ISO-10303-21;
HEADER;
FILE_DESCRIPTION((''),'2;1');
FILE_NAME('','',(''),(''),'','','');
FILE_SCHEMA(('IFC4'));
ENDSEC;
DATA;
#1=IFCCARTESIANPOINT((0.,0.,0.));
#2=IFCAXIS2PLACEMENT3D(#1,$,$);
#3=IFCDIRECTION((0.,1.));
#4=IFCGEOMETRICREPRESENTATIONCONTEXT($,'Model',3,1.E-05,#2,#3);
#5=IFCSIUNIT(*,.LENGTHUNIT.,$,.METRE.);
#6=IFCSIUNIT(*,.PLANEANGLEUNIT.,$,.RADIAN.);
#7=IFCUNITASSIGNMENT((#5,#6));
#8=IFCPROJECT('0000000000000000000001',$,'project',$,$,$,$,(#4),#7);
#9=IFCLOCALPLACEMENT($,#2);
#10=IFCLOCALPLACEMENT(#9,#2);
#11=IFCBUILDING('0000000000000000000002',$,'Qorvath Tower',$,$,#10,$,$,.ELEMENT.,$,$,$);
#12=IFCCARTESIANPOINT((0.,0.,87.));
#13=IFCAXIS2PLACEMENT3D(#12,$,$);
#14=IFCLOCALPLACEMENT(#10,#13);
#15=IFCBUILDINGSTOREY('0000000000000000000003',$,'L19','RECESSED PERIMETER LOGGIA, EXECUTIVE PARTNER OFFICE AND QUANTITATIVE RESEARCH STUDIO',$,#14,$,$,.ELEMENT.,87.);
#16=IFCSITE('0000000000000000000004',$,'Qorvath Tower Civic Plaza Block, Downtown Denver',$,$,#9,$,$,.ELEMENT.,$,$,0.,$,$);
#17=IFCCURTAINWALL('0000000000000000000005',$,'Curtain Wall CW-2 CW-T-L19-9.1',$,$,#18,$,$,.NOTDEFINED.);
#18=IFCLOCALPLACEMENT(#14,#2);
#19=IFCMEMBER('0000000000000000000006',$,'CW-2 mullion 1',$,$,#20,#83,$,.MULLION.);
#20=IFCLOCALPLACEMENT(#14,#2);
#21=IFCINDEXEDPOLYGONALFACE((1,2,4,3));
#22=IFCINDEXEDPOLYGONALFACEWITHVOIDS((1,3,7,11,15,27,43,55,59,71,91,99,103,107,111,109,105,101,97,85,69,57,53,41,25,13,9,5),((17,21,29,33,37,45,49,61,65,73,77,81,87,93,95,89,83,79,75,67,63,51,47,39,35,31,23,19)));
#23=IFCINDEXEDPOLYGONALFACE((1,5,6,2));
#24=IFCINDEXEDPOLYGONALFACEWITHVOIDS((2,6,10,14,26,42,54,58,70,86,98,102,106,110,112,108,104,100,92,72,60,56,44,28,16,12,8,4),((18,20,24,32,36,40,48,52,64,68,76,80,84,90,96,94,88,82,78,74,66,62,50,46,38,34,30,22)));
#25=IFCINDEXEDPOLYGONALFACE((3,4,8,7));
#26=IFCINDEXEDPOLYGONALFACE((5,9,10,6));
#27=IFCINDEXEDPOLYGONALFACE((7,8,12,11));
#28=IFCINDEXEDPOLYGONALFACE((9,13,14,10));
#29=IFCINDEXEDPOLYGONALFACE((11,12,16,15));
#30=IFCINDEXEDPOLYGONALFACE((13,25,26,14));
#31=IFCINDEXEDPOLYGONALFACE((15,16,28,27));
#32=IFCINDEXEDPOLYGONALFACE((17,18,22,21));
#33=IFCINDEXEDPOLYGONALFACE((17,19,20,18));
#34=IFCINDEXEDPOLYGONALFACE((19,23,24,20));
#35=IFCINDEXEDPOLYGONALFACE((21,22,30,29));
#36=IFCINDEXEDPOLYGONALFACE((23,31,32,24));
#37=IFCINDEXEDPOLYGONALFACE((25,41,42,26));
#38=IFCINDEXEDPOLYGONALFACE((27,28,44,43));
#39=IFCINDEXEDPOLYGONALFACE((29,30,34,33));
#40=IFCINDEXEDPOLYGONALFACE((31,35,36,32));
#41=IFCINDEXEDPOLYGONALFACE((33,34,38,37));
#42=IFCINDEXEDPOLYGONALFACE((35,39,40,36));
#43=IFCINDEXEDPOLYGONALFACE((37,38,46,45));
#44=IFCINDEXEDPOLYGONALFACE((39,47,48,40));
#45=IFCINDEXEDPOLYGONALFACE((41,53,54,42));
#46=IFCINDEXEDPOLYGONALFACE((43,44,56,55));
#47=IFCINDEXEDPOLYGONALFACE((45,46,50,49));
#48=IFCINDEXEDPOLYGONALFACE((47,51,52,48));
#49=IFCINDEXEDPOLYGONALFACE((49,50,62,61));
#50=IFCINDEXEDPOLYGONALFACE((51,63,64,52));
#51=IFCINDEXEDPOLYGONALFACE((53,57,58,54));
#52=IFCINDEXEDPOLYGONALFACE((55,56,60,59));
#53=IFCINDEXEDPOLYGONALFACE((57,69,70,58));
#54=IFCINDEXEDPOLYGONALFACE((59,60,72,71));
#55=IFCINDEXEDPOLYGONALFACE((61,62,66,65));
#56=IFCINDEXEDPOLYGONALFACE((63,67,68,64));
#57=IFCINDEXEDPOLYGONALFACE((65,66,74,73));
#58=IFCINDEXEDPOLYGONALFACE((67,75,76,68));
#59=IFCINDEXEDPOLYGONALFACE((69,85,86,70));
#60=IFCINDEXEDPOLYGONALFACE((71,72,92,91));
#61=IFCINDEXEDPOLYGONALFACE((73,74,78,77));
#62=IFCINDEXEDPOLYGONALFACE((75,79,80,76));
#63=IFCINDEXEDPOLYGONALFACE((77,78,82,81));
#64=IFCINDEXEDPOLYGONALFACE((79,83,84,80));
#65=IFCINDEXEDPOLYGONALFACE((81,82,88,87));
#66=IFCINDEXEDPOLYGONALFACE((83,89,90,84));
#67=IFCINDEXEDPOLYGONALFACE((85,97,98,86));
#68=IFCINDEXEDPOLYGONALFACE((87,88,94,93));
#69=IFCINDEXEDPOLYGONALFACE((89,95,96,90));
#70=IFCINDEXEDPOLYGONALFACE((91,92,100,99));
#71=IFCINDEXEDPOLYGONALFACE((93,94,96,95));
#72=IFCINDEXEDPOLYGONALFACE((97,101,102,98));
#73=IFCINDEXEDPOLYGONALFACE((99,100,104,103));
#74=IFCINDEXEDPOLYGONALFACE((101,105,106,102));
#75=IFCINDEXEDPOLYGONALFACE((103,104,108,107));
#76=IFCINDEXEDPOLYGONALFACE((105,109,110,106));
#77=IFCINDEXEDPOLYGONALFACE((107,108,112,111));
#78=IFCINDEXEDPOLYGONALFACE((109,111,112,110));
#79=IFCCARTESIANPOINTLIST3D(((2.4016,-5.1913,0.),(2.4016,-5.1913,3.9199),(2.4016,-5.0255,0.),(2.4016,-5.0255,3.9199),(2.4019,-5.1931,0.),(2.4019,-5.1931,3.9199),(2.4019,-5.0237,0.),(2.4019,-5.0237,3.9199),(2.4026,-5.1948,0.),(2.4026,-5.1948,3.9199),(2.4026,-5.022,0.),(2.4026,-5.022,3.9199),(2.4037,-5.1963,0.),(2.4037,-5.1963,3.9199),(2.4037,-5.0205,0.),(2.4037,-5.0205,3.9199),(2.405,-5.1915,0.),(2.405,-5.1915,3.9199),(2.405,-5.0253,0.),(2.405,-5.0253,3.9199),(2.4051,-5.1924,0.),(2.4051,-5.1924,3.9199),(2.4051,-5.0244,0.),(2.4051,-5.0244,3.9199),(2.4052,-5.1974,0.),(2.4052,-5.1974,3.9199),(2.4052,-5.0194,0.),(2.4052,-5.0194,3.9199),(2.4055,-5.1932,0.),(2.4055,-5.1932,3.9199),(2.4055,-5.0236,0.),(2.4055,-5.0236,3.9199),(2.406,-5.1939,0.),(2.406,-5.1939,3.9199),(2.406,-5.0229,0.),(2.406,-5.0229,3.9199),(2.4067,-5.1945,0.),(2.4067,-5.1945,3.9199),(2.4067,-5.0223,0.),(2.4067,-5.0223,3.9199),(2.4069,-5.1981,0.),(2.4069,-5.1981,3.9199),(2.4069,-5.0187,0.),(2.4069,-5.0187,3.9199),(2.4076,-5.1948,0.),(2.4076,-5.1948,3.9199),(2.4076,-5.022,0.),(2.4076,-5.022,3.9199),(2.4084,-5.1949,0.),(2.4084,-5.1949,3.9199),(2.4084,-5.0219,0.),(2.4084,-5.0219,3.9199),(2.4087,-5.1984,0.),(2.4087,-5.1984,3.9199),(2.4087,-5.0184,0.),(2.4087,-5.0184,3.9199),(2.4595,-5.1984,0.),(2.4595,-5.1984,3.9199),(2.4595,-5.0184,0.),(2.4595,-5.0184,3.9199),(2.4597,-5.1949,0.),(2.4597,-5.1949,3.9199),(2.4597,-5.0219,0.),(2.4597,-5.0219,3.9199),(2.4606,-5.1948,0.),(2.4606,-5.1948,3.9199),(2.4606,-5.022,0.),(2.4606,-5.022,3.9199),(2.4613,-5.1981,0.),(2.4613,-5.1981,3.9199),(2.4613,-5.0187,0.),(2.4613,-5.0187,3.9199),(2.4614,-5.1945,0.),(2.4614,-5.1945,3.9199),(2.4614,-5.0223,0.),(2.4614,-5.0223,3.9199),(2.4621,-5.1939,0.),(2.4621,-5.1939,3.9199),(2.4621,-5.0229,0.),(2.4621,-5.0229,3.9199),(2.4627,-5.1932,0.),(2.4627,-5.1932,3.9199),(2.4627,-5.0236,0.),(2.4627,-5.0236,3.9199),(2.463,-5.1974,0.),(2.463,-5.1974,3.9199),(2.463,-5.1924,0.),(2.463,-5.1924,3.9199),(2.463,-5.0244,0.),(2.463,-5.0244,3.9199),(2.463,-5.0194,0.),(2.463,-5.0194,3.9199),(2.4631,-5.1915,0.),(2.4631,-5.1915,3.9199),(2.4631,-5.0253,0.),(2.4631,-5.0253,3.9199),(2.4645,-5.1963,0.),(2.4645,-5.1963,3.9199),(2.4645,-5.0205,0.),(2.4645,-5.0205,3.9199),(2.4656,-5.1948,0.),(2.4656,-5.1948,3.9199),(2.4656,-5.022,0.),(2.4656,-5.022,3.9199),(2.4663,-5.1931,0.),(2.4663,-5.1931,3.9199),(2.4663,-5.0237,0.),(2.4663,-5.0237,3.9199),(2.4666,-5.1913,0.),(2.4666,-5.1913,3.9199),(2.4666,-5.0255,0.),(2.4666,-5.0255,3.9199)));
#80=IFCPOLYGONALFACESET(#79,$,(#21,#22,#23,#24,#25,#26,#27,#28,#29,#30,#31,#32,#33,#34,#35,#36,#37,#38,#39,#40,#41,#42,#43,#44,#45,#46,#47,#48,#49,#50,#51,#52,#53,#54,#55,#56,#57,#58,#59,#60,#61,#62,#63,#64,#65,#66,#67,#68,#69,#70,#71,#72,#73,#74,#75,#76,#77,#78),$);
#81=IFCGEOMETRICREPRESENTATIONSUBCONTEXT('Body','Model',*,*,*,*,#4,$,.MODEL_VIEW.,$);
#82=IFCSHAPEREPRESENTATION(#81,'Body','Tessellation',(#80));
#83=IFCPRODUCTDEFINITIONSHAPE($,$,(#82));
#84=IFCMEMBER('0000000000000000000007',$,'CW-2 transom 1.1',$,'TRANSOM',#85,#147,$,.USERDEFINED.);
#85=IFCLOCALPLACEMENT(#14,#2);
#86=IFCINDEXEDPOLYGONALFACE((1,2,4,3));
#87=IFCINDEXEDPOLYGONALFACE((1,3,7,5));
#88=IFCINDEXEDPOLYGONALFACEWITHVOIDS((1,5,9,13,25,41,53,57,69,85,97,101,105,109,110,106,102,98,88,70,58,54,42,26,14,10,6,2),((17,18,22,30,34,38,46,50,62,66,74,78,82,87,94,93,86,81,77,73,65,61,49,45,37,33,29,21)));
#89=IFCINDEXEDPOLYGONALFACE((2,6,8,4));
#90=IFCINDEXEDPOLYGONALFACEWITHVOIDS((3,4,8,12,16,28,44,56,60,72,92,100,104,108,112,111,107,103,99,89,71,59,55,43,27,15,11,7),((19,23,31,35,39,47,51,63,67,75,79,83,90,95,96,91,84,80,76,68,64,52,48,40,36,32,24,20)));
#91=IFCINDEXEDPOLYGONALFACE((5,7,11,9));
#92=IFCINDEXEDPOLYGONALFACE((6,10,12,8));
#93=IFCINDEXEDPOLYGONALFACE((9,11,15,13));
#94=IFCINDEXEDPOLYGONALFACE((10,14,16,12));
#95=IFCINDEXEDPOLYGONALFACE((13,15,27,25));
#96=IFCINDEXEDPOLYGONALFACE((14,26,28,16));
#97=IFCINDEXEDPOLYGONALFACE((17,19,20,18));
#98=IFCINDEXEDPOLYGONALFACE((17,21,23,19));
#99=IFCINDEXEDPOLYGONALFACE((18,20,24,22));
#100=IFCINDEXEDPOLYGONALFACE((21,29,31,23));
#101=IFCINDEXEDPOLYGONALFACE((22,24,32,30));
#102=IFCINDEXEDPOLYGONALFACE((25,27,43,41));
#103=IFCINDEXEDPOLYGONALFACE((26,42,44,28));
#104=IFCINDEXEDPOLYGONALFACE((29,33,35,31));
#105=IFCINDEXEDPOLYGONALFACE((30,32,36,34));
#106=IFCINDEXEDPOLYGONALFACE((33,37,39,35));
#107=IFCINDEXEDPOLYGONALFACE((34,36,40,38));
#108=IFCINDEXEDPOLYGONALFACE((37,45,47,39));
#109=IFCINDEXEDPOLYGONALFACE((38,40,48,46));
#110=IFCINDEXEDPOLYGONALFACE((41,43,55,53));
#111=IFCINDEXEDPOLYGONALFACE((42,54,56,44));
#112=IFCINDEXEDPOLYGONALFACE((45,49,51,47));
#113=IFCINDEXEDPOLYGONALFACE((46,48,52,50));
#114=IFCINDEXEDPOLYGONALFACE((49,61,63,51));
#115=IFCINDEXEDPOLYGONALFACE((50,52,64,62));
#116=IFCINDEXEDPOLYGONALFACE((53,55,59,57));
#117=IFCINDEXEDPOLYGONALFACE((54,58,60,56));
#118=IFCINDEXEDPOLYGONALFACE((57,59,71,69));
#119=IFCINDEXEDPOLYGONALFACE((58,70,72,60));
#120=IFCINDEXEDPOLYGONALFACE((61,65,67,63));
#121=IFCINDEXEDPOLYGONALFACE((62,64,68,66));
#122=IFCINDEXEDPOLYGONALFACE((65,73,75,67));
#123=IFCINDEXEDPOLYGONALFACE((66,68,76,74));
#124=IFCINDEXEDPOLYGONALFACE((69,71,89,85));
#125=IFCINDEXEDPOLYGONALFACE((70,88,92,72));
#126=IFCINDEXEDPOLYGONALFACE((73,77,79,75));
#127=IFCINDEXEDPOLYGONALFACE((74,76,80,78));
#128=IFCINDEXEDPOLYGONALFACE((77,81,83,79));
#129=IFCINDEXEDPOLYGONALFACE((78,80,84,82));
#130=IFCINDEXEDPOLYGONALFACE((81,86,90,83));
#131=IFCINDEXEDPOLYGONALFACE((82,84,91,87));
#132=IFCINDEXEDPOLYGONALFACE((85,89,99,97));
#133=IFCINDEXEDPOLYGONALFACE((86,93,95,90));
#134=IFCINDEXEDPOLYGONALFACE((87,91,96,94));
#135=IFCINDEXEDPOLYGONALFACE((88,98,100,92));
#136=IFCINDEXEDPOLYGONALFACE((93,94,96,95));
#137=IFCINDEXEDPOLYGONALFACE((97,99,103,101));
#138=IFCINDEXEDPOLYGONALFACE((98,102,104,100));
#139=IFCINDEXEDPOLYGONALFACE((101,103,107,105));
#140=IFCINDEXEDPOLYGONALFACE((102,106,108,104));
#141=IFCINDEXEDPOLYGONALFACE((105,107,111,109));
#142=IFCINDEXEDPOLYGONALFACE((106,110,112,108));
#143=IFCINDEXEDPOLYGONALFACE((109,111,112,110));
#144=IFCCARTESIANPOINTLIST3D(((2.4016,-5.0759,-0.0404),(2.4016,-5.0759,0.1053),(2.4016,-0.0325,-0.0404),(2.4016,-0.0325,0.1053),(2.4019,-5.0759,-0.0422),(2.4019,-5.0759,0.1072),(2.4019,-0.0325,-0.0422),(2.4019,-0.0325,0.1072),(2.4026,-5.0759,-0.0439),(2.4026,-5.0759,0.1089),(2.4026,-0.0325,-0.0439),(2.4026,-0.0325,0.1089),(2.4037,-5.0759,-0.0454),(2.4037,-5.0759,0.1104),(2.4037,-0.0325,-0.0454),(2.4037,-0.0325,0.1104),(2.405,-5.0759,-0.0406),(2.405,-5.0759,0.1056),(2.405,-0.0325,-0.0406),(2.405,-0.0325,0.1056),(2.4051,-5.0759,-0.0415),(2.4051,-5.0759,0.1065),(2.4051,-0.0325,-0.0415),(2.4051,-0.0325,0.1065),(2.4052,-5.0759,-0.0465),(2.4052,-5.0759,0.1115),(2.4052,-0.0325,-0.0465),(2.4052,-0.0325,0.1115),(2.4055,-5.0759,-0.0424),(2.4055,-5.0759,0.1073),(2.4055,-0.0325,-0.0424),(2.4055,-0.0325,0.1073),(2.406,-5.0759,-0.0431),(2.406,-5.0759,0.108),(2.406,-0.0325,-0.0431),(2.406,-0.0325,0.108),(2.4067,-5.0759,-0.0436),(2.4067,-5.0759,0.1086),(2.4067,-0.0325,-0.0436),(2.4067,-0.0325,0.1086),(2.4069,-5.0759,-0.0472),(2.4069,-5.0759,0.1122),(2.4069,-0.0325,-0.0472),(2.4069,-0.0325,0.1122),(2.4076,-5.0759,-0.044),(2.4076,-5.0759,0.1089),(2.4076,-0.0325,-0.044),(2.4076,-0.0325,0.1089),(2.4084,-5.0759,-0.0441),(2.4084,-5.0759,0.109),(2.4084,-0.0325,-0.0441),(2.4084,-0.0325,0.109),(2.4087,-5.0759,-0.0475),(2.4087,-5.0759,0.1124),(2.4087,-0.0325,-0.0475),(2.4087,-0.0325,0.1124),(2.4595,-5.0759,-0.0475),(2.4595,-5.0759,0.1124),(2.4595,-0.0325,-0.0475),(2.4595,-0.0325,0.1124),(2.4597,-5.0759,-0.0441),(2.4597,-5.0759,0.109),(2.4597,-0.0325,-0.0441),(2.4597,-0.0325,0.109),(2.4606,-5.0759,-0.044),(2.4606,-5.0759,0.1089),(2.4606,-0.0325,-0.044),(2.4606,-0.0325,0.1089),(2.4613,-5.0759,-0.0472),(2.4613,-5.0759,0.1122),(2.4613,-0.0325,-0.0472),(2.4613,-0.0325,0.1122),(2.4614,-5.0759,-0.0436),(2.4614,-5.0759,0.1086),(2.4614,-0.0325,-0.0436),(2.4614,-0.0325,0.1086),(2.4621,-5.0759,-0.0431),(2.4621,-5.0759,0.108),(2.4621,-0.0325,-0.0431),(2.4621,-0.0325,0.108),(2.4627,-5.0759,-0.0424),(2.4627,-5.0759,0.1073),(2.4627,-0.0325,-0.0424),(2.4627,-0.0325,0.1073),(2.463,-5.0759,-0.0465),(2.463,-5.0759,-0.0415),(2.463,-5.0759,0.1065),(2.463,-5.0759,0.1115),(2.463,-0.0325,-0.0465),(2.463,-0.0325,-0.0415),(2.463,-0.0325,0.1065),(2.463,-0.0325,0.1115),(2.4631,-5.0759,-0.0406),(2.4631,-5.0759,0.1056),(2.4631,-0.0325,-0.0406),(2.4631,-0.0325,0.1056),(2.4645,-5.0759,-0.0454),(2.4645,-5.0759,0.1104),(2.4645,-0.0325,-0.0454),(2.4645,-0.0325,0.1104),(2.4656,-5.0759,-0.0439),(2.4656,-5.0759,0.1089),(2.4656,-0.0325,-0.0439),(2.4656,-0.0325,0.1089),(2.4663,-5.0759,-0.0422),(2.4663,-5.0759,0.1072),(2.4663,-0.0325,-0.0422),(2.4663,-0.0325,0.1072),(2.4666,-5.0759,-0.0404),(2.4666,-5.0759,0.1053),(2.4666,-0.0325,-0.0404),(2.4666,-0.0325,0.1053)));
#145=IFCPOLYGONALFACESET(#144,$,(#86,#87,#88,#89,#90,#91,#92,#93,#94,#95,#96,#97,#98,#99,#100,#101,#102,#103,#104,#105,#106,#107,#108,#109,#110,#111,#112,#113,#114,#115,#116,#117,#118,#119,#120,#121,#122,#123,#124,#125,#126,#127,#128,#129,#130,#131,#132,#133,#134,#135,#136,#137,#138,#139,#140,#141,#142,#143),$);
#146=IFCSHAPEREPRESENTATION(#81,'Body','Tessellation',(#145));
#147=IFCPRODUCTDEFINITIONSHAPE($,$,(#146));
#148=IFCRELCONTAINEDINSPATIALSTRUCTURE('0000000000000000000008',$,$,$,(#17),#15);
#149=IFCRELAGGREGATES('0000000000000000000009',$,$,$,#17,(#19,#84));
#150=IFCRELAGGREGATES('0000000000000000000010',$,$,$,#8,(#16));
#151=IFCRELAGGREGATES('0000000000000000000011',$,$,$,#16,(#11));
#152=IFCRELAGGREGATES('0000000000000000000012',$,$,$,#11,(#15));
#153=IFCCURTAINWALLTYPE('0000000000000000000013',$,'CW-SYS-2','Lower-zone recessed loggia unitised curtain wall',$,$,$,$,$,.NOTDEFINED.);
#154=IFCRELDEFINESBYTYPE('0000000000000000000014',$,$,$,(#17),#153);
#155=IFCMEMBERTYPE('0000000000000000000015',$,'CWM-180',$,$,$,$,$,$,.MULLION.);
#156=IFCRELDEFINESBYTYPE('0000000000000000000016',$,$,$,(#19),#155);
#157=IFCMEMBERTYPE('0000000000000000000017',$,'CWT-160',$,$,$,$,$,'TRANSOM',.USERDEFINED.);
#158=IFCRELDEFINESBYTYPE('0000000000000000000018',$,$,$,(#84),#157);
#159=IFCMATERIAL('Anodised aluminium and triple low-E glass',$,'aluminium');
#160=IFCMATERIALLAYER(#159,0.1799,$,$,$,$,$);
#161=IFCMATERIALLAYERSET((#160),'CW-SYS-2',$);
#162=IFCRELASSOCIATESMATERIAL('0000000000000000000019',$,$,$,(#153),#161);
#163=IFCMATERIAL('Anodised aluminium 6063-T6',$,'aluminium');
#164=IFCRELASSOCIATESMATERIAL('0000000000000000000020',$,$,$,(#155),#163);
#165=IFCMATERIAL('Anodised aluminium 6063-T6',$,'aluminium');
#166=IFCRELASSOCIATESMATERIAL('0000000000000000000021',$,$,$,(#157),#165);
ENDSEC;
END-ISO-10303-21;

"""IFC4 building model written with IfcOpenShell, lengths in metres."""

from ifc_helpers import new_model, si_unit, direction, frame, origin, origin_2d, place, context, subcontext, project, spatial, hollow_rectangle, extrude, material, layer, layer_set, material_profile, profile_set, type_object, element, aggregate, save


model = new_model("IFC4")

# Units and contexts
model_context = context("Model", 3, precision=1e-05, world=origin(), true_north=direction((0.0, 1.0)))
body_context = subcontext(model_context, "Body", "Model", "MODEL_VIEW")
ifc_project = project(units=[si_unit("LENGTHUNIT", "METRE"), si_unit("PLANEANGLEUNIT", "RADIAN")], contexts=[model_context])

# Site, building, storey
site_placement = place(None, origin())
site = spatial("IfcSite", under=ifc_project, at=site_placement, Name="Qorvath Tower Civic Plaza Block, Downtown Denver", CompositionType="ELEMENT", RefElevation=0.0)
building_placement = place(site_placement, origin())
building = spatial("IfcBuilding", under=site, at=building_placement, Name="Qorvath Tower", CompositionType="ELEMENT")
storey_placement = place(building_placement, frame((0.0, 0.0, 87.0)))
storey = spatial("IfcBuildingStorey", under=building, at=storey_placement, Name="L19", Description="RECESSED PERIMETER LOGGIA, EXECUTIVE PARTNER OFFICE AND QUANTITATIVE RESEARCH STUDIO", CompositionType="ELEMENT", Elevation=87.0)

# Curtain wall, members
ifc_material_1 = material(Name="Anodised aluminium and triple low-E glass", Category="aluminium")
ifc_layer_1 = layer(ifc_material_1, 0.1799)
ifc_layer_set_1 = layer_set([ifc_layer_1], Name="CW-SYS-2")
curtain_wall_type = type_object("IfcCurtainWallType", Name="CW-SYS-2", Description="Lower-zone recessed loggia unitised curtain wall", PredefinedType="NOTDEFINED", material=ifc_layer_set_1)
curtain_wall_placement = place(storey_placement, origin())
curtain_wall = element("IfcCurtainWall", 1, at=curtain_wall_placement, inside=storey, type_object=curtain_wall_type, Name="Curtain Wall CW-2 CW-T-L19-9.1", PredefinedType="NOTDEFINED")
ifc_material_2 = material(Name="Anodised aluminium 6063-T6", Category="aluminium")
ifc_material_profile_1 = material_profile(ifc_material_2, hollow_rectangle(XDim=0.0649, YDim=0.1799, WallThickness=0.0034, InnerFilletRadius=0.0034, OuterFilletRadius=0.0071, at=origin_2d()), Name="CWM 180x65")
ifc_profile_set_1 = profile_set([ifc_material_profile_1], Name="Anodised aluminium 6063-T6")
member_type_1 = type_object("IfcMemberType", Name="CWM-180", PredefinedType="MULLION", material=ifc_profile_set_1)
member_1_placement = place(storey_placement, frame((2.4341, -5.1084, 0.0), z_axis=(0.0, 0.0, 1.0), x_axis=(-1.0, 0.0, 0.0)))
member_1 = element("IfcMember", 2, at=member_1_placement, type_object=member_type_1, Name="CW-2 mullion 1", PredefinedType="MULLION", context=body_context, shape_type="SweptSolid", body=[
    extrude(hollow_rectangle(XDim=0.0649, YDim=0.1799, WallThickness=0.0034, InnerFilletRadius=0.0034, OuterFilletRadius=0.0071, at=origin_2d()), origin(), (0.0, 0.0, 1.0), 3.9199),
])
ifc_material_3 = material(Name="Anodised aluminium 6063-T6", Category="aluminium")
ifc_material_profile_2 = material_profile(ifc_material_3, hollow_rectangle(XDim=0.0649, YDim=0.1599, WallThickness=0.0034, InnerFilletRadius=0.0034, OuterFilletRadius=0.0071, at=origin_2d()), Name="CWT 160x65")
ifc_profile_set_2 = profile_set([ifc_material_profile_2], Name="Anodised aluminium 6063-T6")
member_type_2 = type_object("IfcMemberType", Name="CWT-160", ElementType="TRANSOM", PredefinedType="USERDEFINED", material=ifc_profile_set_2)
member_2_placement = place(storey_placement, frame((2.4341, -5.0759, 0.0325), z_axis=(0.0, 1.0, 0.0), x_axis=(-1.0, 0.0, 0.0)))
member_2 = element("IfcMember", 3, at=member_2_placement, type_object=member_type_2, Name="CW-2 transom 1.1", ObjectType="TRANSOM", PredefinedType="USERDEFINED", context=body_context, shape_type="SweptSolid", body=[
    extrude(hollow_rectangle(XDim=0.0649, YDim=0.1599, WallThickness=0.0034, InnerFilletRadius=0.0034, OuterFilletRadius=0.0071, at=origin_2d()), origin(), (0.0, 0.0, 1.0), 5.0435),
])
aggregate(curtain_wall, [member_1, member_2])

save(model, "model.ifc")
